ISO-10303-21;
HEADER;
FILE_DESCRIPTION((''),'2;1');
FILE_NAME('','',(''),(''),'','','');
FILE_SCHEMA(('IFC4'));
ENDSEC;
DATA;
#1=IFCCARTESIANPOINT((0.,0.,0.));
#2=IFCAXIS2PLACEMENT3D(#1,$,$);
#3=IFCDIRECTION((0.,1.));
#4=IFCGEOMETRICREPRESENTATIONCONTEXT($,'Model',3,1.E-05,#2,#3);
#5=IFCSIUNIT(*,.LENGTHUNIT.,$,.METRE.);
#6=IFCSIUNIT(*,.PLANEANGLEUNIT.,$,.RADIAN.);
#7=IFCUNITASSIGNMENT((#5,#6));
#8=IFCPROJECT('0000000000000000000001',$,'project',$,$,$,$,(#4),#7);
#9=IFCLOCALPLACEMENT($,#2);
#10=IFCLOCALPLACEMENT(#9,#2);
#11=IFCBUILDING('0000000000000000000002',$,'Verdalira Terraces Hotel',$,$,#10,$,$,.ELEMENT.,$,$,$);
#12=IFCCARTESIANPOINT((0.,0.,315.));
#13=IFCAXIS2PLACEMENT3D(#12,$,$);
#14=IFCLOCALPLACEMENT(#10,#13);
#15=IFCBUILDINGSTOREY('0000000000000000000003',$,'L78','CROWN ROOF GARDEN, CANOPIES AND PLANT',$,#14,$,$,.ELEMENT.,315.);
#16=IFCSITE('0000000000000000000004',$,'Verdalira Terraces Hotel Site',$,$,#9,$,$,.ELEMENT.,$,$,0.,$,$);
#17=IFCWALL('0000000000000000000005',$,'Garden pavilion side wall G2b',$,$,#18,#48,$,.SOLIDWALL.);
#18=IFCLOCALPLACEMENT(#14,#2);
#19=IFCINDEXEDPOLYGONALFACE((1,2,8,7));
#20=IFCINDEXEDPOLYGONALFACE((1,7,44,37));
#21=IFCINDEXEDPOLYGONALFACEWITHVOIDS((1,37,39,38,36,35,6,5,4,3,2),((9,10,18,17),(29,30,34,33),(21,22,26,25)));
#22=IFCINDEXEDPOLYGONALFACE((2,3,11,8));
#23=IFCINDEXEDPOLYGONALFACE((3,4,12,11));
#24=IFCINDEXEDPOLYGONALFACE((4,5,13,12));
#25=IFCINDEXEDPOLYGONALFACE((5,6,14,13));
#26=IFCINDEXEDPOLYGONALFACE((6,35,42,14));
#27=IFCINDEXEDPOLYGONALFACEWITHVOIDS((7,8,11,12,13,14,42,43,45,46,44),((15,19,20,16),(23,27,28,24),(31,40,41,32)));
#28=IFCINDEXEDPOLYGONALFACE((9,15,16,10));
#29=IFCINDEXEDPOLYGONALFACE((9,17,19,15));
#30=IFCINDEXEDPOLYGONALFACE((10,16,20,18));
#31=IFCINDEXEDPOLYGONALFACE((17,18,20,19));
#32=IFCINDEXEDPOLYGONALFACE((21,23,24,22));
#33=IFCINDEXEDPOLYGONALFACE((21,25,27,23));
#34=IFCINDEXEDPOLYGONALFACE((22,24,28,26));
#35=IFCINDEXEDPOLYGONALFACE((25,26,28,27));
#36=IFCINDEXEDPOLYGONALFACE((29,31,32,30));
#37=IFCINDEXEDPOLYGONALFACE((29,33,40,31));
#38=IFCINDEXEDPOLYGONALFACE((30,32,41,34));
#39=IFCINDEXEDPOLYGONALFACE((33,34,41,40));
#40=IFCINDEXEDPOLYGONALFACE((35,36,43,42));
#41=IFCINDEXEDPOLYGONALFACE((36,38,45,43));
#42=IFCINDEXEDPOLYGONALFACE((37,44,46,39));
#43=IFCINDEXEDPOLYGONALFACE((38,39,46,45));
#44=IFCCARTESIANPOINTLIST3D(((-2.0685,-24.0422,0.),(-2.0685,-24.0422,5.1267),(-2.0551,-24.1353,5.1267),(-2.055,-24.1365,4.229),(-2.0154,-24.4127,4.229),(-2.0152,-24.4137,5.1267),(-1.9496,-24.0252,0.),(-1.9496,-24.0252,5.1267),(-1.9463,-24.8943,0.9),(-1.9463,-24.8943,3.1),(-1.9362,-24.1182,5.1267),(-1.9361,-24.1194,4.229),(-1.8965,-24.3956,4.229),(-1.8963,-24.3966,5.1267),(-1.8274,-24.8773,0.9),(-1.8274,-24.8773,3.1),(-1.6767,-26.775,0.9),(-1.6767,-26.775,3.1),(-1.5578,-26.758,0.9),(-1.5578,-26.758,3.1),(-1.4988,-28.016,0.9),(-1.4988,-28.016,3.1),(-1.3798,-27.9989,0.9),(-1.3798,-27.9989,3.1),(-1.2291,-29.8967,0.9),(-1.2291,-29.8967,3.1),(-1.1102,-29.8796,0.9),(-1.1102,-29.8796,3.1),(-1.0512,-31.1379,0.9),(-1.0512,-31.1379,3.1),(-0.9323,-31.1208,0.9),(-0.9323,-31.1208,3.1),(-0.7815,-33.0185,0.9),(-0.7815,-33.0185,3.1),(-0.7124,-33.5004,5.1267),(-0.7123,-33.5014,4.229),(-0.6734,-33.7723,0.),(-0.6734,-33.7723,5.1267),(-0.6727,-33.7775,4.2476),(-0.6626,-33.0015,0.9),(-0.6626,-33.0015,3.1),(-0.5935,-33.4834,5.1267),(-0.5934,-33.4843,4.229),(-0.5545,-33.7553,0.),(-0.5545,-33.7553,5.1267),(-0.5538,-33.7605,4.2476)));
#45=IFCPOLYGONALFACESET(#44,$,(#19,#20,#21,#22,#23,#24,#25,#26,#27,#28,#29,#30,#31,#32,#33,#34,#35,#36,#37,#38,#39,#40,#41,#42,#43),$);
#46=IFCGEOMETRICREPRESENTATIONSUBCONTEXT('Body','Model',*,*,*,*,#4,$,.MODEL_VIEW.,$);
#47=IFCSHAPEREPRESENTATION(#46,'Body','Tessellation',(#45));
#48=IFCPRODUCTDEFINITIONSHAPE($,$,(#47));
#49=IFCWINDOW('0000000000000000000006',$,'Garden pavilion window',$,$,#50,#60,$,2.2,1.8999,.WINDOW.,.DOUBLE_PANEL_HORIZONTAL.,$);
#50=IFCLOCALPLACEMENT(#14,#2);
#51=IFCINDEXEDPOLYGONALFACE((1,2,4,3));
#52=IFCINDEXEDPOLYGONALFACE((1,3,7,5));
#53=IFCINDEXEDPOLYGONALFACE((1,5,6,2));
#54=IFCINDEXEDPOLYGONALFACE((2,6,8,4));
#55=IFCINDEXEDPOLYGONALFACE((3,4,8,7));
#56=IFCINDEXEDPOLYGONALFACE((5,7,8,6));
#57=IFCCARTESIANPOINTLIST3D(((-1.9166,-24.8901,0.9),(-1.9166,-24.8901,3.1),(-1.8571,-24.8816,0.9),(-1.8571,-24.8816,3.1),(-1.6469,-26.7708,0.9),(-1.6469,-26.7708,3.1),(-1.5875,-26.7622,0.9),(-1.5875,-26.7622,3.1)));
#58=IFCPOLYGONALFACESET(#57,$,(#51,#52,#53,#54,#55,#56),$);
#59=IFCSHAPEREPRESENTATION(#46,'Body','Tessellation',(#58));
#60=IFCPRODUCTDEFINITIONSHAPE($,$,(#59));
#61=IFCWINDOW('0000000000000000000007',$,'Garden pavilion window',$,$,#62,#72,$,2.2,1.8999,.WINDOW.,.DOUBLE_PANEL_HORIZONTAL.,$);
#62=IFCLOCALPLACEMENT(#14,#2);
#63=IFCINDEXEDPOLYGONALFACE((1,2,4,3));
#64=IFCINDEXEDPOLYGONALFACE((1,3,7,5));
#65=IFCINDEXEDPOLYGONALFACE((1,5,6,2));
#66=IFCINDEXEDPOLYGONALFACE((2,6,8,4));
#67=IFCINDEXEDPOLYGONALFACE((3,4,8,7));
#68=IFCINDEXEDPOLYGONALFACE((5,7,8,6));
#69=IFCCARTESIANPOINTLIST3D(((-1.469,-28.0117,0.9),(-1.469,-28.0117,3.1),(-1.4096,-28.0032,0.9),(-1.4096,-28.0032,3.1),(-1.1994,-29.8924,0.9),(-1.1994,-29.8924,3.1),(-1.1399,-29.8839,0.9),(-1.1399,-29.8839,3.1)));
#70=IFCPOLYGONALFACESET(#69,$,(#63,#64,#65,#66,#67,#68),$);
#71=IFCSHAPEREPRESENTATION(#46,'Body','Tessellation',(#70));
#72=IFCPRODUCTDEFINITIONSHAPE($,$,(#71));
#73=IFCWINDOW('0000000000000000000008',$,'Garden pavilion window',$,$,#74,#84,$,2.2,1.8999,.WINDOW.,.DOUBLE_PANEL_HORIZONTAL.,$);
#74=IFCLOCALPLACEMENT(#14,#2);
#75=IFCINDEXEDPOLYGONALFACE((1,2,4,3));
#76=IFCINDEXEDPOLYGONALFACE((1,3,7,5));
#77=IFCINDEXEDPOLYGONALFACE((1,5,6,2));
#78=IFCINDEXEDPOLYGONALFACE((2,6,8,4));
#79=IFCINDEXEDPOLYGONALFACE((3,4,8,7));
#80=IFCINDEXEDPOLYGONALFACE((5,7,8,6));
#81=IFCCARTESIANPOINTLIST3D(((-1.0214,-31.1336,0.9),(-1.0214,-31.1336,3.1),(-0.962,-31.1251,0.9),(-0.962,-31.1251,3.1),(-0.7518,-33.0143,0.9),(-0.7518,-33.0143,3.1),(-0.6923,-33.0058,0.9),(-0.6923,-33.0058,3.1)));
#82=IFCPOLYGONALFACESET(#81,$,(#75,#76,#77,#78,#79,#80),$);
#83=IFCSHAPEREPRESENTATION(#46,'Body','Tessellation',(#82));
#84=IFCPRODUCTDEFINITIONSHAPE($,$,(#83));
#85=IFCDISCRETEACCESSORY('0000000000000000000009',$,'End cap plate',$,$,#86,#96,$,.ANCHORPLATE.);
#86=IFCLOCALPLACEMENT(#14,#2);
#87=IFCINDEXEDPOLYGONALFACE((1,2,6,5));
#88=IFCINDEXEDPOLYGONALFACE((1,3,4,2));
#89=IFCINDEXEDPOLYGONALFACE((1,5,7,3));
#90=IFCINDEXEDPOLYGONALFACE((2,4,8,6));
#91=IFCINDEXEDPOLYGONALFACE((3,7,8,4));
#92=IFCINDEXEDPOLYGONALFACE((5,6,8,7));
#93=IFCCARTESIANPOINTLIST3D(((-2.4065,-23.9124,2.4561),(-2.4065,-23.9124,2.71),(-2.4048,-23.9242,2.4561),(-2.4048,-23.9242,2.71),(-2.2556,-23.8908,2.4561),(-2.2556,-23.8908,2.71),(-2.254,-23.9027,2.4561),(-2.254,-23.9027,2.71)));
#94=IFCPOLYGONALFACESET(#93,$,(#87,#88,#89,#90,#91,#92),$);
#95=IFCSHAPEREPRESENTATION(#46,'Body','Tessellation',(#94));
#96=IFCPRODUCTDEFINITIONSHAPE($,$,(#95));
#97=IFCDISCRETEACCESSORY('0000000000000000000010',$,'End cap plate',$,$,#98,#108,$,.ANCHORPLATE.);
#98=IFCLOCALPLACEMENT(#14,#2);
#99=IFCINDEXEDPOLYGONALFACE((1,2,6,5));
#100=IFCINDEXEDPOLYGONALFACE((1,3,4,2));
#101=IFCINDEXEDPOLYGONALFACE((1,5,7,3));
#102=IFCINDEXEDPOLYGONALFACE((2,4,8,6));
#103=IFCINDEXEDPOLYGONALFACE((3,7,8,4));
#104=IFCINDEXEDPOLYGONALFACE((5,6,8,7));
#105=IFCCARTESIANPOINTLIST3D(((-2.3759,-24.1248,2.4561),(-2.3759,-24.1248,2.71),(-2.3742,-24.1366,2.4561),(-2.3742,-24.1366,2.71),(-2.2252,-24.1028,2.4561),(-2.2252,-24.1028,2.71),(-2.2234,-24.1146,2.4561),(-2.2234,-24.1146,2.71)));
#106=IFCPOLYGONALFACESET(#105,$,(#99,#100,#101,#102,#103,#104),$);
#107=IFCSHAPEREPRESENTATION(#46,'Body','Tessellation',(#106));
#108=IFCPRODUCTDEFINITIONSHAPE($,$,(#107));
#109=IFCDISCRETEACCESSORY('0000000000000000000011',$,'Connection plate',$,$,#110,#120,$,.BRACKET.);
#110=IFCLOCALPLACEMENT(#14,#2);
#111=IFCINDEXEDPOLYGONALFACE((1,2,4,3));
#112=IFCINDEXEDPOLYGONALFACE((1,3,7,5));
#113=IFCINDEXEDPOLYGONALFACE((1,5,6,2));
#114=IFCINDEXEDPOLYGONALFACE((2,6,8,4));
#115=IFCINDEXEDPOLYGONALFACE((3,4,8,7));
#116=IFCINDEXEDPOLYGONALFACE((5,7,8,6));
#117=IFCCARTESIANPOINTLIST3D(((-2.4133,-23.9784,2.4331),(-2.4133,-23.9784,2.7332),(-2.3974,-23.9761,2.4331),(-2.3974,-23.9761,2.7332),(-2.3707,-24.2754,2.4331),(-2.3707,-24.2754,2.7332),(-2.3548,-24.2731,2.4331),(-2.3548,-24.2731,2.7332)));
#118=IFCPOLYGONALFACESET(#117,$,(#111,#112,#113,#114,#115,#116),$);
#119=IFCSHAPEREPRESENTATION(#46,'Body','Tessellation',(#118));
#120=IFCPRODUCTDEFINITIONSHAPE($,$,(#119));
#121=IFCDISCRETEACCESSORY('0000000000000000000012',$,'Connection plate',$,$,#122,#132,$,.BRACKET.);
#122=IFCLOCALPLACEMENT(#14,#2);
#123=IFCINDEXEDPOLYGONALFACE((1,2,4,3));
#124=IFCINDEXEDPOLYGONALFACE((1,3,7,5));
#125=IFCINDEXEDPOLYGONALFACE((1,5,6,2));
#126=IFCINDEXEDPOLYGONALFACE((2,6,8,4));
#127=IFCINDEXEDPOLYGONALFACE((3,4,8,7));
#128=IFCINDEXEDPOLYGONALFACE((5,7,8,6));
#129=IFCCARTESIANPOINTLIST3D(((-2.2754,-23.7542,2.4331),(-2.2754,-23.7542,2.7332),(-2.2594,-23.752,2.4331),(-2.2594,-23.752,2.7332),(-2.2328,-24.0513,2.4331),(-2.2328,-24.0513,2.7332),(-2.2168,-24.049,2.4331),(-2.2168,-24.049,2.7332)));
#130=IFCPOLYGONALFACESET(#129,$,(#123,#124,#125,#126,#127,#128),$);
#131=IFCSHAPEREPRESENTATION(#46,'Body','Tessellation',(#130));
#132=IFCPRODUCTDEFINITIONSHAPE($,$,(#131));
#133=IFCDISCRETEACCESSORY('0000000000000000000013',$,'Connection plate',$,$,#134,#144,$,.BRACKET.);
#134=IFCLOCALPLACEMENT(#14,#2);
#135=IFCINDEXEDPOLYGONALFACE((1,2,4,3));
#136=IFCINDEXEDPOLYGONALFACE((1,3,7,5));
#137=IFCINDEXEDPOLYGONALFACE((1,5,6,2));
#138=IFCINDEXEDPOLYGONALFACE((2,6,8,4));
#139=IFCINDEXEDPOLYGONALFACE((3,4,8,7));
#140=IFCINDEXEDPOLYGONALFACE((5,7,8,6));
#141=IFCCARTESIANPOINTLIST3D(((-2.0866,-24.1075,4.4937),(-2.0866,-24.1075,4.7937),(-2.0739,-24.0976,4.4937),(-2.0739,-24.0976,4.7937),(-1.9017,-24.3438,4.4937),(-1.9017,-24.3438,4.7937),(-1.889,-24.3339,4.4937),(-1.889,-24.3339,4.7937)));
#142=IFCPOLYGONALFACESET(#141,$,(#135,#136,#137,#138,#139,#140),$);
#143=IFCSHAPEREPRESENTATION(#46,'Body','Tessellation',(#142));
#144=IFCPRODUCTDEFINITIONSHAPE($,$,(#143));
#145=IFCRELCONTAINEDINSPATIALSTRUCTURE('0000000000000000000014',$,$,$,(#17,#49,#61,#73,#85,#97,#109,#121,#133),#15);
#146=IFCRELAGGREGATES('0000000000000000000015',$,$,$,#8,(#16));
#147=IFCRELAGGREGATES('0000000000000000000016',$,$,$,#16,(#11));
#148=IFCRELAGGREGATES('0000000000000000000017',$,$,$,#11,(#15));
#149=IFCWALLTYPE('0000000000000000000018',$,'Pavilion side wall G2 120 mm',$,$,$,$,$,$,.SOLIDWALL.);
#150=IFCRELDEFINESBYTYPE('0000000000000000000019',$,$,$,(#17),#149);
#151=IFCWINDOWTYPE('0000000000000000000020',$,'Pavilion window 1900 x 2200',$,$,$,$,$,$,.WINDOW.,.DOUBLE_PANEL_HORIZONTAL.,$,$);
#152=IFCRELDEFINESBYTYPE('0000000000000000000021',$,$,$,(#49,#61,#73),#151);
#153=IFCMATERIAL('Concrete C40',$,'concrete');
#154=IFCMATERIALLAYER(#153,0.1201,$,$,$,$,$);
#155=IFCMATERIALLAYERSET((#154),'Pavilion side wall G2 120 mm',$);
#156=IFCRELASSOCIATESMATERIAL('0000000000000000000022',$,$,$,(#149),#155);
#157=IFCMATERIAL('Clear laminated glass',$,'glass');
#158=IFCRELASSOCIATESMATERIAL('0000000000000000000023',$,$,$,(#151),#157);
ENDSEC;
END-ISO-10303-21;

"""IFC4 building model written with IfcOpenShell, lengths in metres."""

from ifc_helpers import new_model, si_unit, direction, frame, frame_2d, origin, origin_2d, place, context, subcontext, project, spatial, polyline, rectangle, outline, extrude, material, layer, layer_set, type_object, element, fill, save


model = new_model("IFC4")

# Units and contexts
model_context = context("Model", 3, precision=1e-05, world=origin(), true_north=direction((0.0, 1.0)))
body_context = subcontext(model_context, "Body", "Model", "MODEL_VIEW")
ifc_project = project(units=[si_unit("LENGTHUNIT", "METRE"), si_unit("PLANEANGLEUNIT", "RADIAN")], contexts=[model_context])

# Site, building, storey
site_placement = place(None, origin())
site = spatial("IfcSite", under=ifc_project, at=site_placement, Name="Verdalira Terraces Hotel Site", CompositionType="ELEMENT", RefElevation=0.0)
building_placement = place(site_placement, origin())
building = spatial("IfcBuilding", under=site, at=building_placement, Name="Verdalira Terraces Hotel", CompositionType="ELEMENT")
storey_placement = place(building_placement, frame((0.0, 0.0, 315.0)))
storey = spatial("IfcBuildingStorey", under=building, at=storey_placement, Name="L78", Description="CROWN ROOF GARDEN, CANOPIES AND PLANT", CompositionType="ELEMENT", Elevation=315.0)

# Wall, openings, windows
ifc_material_1 = material(Name="Concrete C40", Category="concrete")
ifc_layer_1 = layer(ifc_material_1, 0.1201)
ifc_layer_set_1 = layer_set([ifc_layer_1], Name="Pavilion side wall G2 120 mm")
wall_type_1 = type_object("IfcWallType", Name="Pavilion side wall G2 120 mm", PredefinedType="SOLIDWALL", material=ifc_layer_set_1)
wall_1_placement = place(storey_placement, frame((-2.009, -24.0337, 0.0), z_axis=(0.0, 0.0, 1.0), x_axis=(0.141922, -0.989878, 0.0)))
wall_1 = element("IfcWall", 1, at=wall_1_placement, inside=storey, type_object=wall_type_1, Name="Garden pavilion side wall G2b", PredefinedType="SOLIDWALL", context=body_context, shape_type="SweptSolid", body=[
    extrude(outline(polyline([(0.0, 0.0), (9.8296, 0.0), (9.8359, 5.1267), (9.835, 4.229), (9.8296, 5.1267), (9.5559, 4.229), (9.5549, 5.1267), (0.3752, 5.1267), (0.3743, 4.229), (0.0952, 4.229), (0.094, 5.1267), (0.0, 5.1267), (0.0, 0.0)])), frame((0.0, 0.0601, 0.0), z_axis=(0.0, -1.0, 0.0), x_axis=(1.0, 0.0, 0.0)), (0.0, 0.0, 1.0), 0.1201),
])
opening_1_placement = place(wall_1_placement, frame((0.8608, 0.0, 0.8999)))
opening_1 = element("IfcOpeningElement", 2, at=opening_1_placement, cuts=wall_1, PredefinedType="OPENING", context=body_context, shape_type="SweptSolid", body=[
    extrude(rectangle(XDim=1.8999, YDim=2.2, at=frame_2d((0.95, 1.1001))), frame((0.0, 0.0701, 0.0), z_axis=(0.0, -1.0, 0.0), x_axis=(1.0, 0.0, 0.0)), (0.0, 0.0, 1.0), 0.1401),
])
opening_2_placement = place(wall_1_placement, frame((4.0144, 0.0, 0.8999)))
opening_2 = element("IfcOpeningElement", 3, at=opening_2_placement, cuts=wall_1, PredefinedType="OPENING", context=body_context, shape_type="SweptSolid", body=[
    extrude(rectangle(XDim=1.8999, YDim=2.2, at=frame_2d((0.95, 1.1001))), frame((0.0, 0.0701, 0.0), z_axis=(0.0, -1.0, 0.0), x_axis=(1.0, 0.0, 0.0)), (0.0, 0.0, 1.0), 0.1401),
])
opening_3_placement = place(wall_1_placement, frame((7.1682, 0.0, 0.8999)))
opening_3 = element("IfcOpeningElement", 4, at=opening_3_placement, cuts=wall_1, PredefinedType="OPENING", context=body_context, shape_type="SweptSolid", body=[
    extrude(rectangle(XDim=1.8999, YDim=2.2, at=frame_2d((0.95, 1.1001))), frame((0.0, 0.0701, 0.0), z_axis=(0.0, -1.0, 0.0), x_axis=(1.0, 0.0, 0.0)), (0.0, 0.0, 1.0), 0.1401),
])
ifc_material_2 = material(Name="Clear laminated glass", Category="glass")
window_type_1 = type_object("IfcWindowType", Name="Pavilion window 1900 x 2200", PartitioningType="DOUBLE_PANEL_HORIZONTAL", PredefinedType="WINDOW", material=ifc_material_2)
window_1_placement = place(opening_1_placement, origin())
window_1 = element("IfcWindow", 5, at=window_1_placement, inside=storey, type_object=window_type_1, Name="Garden pavilion window", OverallHeight=2.2, OverallWidth=1.8999, PartitioningType="DOUBLE_PANEL_HORIZONTAL", PredefinedType="WINDOW", context=body_context, shape_type="SweptSolid", body=[
    extrude(rectangle(XDim=1.8999, YDim=2.2, at=frame_2d((0.95, 1.1001))), frame((0.0, 0.03, 0.0), z_axis=(0.0, -1.0, 0.0), x_axis=(1.0, 0.0, 0.0)), (0.0, 0.0, 1.0), 0.0601),
])
fill(opening_1, window_1)
window_2_placement = place(opening_2_placement, origin())
window_2 = element("IfcWindow", 6, at=window_2_placement, inside=storey, type_object=window_type_1, Name="Garden pavilion window", OverallHeight=2.2, OverallWidth=1.8999, PartitioningType="DOUBLE_PANEL_HORIZONTAL", PredefinedType="WINDOW", context=body_context, shape_type="SweptSolid", body=[
    extrude(rectangle(XDim=1.8999, YDim=2.2, at=frame_2d((0.95, 1.1001))), frame((0.0, 0.03, 0.0), z_axis=(0.0, -1.0, 0.0), x_axis=(1.0, 0.0, 0.0)), (0.0, 0.0, 1.0), 0.0601),
])
fill(opening_2, window_2)
window_3_placement = place(opening_3_placement, origin())
window_3 = element("IfcWindow", 7, at=window_3_placement, inside=storey, type_object=window_type_1, Name="Garden pavilion window", OverallHeight=2.2, OverallWidth=1.8999, PartitioningType="DOUBLE_PANEL_HORIZONTAL", PredefinedType="WINDOW", context=body_context, shape_type="SweptSolid", body=[
    extrude(rectangle(XDim=1.8999, YDim=2.2, at=frame_2d((0.95, 1.1001))), frame((0.0, 0.03, 0.0), z_axis=(0.0, -1.0, 0.0), x_axis=(1.0, 0.0, 0.0)), (0.0, 0.0, 1.0), 0.0601),
])
fill(opening_3, window_3)

# Discrete accessories
for number, where, z_axis, x_axis, name in (
    (8, (-2.3311, -23.9016, 2.583), (0.141421, -0.989949, 0.0), (0.989949, 0.141421, 0.0), "End cap plate"),
    (9, (-2.3005, -24.1138, 2.583), (0.144307, -0.989533, 0.0), (0.989533, 0.144307, 0.0), "End cap plate"),
):
    element("IfcDiscreteAccessory", number, at=place(storey_placement, frame(where, z_axis=z_axis, x_axis=x_axis)), inside=storey, Name=name, PredefinedType="ANCHORPLATE", context=body_context, shape_type="SweptSolid", body=[
        extrude(rectangle(XDim=0.1523, YDim=0.2539, at=origin_2d()), origin(), (0.0, 0.0, 1.0), 0.012),
    ])
for number, where, z_axis, x_axis, name in (
    (10, (-2.384, -24.1257, 2.4331), (0.0, 0.0, 1.0), (-0.141938, 0.989876, 0.0), "Connection plate"),
    (11, (-2.2461, -23.9016, 2.4331), (0.0, 0.0, 1.0), (0.141938, -0.989876, 0.0), "Connection plate"),
    (12, (-1.9878, -24.2207, 4.4937), (0.0, 0.0, 1.0), (0.616143, -0.787635, 0.0), "Connection plate"),
):
    element("IfcDiscreteAccessory", number, at=place(storey_placement, frame(where, z_axis=z_axis, x_axis=x_axis)), inside=storey, Name=name, PredefinedType="BRACKET", context=body_context, shape_type="SweptSolid", body=[
        extrude(rectangle(XDim=0.3, YDim=0.0161, at=origin_2d()), origin(), (0.0, 0.0, 1.0), 0.3),
    ])

save(model, "model.ifc")
